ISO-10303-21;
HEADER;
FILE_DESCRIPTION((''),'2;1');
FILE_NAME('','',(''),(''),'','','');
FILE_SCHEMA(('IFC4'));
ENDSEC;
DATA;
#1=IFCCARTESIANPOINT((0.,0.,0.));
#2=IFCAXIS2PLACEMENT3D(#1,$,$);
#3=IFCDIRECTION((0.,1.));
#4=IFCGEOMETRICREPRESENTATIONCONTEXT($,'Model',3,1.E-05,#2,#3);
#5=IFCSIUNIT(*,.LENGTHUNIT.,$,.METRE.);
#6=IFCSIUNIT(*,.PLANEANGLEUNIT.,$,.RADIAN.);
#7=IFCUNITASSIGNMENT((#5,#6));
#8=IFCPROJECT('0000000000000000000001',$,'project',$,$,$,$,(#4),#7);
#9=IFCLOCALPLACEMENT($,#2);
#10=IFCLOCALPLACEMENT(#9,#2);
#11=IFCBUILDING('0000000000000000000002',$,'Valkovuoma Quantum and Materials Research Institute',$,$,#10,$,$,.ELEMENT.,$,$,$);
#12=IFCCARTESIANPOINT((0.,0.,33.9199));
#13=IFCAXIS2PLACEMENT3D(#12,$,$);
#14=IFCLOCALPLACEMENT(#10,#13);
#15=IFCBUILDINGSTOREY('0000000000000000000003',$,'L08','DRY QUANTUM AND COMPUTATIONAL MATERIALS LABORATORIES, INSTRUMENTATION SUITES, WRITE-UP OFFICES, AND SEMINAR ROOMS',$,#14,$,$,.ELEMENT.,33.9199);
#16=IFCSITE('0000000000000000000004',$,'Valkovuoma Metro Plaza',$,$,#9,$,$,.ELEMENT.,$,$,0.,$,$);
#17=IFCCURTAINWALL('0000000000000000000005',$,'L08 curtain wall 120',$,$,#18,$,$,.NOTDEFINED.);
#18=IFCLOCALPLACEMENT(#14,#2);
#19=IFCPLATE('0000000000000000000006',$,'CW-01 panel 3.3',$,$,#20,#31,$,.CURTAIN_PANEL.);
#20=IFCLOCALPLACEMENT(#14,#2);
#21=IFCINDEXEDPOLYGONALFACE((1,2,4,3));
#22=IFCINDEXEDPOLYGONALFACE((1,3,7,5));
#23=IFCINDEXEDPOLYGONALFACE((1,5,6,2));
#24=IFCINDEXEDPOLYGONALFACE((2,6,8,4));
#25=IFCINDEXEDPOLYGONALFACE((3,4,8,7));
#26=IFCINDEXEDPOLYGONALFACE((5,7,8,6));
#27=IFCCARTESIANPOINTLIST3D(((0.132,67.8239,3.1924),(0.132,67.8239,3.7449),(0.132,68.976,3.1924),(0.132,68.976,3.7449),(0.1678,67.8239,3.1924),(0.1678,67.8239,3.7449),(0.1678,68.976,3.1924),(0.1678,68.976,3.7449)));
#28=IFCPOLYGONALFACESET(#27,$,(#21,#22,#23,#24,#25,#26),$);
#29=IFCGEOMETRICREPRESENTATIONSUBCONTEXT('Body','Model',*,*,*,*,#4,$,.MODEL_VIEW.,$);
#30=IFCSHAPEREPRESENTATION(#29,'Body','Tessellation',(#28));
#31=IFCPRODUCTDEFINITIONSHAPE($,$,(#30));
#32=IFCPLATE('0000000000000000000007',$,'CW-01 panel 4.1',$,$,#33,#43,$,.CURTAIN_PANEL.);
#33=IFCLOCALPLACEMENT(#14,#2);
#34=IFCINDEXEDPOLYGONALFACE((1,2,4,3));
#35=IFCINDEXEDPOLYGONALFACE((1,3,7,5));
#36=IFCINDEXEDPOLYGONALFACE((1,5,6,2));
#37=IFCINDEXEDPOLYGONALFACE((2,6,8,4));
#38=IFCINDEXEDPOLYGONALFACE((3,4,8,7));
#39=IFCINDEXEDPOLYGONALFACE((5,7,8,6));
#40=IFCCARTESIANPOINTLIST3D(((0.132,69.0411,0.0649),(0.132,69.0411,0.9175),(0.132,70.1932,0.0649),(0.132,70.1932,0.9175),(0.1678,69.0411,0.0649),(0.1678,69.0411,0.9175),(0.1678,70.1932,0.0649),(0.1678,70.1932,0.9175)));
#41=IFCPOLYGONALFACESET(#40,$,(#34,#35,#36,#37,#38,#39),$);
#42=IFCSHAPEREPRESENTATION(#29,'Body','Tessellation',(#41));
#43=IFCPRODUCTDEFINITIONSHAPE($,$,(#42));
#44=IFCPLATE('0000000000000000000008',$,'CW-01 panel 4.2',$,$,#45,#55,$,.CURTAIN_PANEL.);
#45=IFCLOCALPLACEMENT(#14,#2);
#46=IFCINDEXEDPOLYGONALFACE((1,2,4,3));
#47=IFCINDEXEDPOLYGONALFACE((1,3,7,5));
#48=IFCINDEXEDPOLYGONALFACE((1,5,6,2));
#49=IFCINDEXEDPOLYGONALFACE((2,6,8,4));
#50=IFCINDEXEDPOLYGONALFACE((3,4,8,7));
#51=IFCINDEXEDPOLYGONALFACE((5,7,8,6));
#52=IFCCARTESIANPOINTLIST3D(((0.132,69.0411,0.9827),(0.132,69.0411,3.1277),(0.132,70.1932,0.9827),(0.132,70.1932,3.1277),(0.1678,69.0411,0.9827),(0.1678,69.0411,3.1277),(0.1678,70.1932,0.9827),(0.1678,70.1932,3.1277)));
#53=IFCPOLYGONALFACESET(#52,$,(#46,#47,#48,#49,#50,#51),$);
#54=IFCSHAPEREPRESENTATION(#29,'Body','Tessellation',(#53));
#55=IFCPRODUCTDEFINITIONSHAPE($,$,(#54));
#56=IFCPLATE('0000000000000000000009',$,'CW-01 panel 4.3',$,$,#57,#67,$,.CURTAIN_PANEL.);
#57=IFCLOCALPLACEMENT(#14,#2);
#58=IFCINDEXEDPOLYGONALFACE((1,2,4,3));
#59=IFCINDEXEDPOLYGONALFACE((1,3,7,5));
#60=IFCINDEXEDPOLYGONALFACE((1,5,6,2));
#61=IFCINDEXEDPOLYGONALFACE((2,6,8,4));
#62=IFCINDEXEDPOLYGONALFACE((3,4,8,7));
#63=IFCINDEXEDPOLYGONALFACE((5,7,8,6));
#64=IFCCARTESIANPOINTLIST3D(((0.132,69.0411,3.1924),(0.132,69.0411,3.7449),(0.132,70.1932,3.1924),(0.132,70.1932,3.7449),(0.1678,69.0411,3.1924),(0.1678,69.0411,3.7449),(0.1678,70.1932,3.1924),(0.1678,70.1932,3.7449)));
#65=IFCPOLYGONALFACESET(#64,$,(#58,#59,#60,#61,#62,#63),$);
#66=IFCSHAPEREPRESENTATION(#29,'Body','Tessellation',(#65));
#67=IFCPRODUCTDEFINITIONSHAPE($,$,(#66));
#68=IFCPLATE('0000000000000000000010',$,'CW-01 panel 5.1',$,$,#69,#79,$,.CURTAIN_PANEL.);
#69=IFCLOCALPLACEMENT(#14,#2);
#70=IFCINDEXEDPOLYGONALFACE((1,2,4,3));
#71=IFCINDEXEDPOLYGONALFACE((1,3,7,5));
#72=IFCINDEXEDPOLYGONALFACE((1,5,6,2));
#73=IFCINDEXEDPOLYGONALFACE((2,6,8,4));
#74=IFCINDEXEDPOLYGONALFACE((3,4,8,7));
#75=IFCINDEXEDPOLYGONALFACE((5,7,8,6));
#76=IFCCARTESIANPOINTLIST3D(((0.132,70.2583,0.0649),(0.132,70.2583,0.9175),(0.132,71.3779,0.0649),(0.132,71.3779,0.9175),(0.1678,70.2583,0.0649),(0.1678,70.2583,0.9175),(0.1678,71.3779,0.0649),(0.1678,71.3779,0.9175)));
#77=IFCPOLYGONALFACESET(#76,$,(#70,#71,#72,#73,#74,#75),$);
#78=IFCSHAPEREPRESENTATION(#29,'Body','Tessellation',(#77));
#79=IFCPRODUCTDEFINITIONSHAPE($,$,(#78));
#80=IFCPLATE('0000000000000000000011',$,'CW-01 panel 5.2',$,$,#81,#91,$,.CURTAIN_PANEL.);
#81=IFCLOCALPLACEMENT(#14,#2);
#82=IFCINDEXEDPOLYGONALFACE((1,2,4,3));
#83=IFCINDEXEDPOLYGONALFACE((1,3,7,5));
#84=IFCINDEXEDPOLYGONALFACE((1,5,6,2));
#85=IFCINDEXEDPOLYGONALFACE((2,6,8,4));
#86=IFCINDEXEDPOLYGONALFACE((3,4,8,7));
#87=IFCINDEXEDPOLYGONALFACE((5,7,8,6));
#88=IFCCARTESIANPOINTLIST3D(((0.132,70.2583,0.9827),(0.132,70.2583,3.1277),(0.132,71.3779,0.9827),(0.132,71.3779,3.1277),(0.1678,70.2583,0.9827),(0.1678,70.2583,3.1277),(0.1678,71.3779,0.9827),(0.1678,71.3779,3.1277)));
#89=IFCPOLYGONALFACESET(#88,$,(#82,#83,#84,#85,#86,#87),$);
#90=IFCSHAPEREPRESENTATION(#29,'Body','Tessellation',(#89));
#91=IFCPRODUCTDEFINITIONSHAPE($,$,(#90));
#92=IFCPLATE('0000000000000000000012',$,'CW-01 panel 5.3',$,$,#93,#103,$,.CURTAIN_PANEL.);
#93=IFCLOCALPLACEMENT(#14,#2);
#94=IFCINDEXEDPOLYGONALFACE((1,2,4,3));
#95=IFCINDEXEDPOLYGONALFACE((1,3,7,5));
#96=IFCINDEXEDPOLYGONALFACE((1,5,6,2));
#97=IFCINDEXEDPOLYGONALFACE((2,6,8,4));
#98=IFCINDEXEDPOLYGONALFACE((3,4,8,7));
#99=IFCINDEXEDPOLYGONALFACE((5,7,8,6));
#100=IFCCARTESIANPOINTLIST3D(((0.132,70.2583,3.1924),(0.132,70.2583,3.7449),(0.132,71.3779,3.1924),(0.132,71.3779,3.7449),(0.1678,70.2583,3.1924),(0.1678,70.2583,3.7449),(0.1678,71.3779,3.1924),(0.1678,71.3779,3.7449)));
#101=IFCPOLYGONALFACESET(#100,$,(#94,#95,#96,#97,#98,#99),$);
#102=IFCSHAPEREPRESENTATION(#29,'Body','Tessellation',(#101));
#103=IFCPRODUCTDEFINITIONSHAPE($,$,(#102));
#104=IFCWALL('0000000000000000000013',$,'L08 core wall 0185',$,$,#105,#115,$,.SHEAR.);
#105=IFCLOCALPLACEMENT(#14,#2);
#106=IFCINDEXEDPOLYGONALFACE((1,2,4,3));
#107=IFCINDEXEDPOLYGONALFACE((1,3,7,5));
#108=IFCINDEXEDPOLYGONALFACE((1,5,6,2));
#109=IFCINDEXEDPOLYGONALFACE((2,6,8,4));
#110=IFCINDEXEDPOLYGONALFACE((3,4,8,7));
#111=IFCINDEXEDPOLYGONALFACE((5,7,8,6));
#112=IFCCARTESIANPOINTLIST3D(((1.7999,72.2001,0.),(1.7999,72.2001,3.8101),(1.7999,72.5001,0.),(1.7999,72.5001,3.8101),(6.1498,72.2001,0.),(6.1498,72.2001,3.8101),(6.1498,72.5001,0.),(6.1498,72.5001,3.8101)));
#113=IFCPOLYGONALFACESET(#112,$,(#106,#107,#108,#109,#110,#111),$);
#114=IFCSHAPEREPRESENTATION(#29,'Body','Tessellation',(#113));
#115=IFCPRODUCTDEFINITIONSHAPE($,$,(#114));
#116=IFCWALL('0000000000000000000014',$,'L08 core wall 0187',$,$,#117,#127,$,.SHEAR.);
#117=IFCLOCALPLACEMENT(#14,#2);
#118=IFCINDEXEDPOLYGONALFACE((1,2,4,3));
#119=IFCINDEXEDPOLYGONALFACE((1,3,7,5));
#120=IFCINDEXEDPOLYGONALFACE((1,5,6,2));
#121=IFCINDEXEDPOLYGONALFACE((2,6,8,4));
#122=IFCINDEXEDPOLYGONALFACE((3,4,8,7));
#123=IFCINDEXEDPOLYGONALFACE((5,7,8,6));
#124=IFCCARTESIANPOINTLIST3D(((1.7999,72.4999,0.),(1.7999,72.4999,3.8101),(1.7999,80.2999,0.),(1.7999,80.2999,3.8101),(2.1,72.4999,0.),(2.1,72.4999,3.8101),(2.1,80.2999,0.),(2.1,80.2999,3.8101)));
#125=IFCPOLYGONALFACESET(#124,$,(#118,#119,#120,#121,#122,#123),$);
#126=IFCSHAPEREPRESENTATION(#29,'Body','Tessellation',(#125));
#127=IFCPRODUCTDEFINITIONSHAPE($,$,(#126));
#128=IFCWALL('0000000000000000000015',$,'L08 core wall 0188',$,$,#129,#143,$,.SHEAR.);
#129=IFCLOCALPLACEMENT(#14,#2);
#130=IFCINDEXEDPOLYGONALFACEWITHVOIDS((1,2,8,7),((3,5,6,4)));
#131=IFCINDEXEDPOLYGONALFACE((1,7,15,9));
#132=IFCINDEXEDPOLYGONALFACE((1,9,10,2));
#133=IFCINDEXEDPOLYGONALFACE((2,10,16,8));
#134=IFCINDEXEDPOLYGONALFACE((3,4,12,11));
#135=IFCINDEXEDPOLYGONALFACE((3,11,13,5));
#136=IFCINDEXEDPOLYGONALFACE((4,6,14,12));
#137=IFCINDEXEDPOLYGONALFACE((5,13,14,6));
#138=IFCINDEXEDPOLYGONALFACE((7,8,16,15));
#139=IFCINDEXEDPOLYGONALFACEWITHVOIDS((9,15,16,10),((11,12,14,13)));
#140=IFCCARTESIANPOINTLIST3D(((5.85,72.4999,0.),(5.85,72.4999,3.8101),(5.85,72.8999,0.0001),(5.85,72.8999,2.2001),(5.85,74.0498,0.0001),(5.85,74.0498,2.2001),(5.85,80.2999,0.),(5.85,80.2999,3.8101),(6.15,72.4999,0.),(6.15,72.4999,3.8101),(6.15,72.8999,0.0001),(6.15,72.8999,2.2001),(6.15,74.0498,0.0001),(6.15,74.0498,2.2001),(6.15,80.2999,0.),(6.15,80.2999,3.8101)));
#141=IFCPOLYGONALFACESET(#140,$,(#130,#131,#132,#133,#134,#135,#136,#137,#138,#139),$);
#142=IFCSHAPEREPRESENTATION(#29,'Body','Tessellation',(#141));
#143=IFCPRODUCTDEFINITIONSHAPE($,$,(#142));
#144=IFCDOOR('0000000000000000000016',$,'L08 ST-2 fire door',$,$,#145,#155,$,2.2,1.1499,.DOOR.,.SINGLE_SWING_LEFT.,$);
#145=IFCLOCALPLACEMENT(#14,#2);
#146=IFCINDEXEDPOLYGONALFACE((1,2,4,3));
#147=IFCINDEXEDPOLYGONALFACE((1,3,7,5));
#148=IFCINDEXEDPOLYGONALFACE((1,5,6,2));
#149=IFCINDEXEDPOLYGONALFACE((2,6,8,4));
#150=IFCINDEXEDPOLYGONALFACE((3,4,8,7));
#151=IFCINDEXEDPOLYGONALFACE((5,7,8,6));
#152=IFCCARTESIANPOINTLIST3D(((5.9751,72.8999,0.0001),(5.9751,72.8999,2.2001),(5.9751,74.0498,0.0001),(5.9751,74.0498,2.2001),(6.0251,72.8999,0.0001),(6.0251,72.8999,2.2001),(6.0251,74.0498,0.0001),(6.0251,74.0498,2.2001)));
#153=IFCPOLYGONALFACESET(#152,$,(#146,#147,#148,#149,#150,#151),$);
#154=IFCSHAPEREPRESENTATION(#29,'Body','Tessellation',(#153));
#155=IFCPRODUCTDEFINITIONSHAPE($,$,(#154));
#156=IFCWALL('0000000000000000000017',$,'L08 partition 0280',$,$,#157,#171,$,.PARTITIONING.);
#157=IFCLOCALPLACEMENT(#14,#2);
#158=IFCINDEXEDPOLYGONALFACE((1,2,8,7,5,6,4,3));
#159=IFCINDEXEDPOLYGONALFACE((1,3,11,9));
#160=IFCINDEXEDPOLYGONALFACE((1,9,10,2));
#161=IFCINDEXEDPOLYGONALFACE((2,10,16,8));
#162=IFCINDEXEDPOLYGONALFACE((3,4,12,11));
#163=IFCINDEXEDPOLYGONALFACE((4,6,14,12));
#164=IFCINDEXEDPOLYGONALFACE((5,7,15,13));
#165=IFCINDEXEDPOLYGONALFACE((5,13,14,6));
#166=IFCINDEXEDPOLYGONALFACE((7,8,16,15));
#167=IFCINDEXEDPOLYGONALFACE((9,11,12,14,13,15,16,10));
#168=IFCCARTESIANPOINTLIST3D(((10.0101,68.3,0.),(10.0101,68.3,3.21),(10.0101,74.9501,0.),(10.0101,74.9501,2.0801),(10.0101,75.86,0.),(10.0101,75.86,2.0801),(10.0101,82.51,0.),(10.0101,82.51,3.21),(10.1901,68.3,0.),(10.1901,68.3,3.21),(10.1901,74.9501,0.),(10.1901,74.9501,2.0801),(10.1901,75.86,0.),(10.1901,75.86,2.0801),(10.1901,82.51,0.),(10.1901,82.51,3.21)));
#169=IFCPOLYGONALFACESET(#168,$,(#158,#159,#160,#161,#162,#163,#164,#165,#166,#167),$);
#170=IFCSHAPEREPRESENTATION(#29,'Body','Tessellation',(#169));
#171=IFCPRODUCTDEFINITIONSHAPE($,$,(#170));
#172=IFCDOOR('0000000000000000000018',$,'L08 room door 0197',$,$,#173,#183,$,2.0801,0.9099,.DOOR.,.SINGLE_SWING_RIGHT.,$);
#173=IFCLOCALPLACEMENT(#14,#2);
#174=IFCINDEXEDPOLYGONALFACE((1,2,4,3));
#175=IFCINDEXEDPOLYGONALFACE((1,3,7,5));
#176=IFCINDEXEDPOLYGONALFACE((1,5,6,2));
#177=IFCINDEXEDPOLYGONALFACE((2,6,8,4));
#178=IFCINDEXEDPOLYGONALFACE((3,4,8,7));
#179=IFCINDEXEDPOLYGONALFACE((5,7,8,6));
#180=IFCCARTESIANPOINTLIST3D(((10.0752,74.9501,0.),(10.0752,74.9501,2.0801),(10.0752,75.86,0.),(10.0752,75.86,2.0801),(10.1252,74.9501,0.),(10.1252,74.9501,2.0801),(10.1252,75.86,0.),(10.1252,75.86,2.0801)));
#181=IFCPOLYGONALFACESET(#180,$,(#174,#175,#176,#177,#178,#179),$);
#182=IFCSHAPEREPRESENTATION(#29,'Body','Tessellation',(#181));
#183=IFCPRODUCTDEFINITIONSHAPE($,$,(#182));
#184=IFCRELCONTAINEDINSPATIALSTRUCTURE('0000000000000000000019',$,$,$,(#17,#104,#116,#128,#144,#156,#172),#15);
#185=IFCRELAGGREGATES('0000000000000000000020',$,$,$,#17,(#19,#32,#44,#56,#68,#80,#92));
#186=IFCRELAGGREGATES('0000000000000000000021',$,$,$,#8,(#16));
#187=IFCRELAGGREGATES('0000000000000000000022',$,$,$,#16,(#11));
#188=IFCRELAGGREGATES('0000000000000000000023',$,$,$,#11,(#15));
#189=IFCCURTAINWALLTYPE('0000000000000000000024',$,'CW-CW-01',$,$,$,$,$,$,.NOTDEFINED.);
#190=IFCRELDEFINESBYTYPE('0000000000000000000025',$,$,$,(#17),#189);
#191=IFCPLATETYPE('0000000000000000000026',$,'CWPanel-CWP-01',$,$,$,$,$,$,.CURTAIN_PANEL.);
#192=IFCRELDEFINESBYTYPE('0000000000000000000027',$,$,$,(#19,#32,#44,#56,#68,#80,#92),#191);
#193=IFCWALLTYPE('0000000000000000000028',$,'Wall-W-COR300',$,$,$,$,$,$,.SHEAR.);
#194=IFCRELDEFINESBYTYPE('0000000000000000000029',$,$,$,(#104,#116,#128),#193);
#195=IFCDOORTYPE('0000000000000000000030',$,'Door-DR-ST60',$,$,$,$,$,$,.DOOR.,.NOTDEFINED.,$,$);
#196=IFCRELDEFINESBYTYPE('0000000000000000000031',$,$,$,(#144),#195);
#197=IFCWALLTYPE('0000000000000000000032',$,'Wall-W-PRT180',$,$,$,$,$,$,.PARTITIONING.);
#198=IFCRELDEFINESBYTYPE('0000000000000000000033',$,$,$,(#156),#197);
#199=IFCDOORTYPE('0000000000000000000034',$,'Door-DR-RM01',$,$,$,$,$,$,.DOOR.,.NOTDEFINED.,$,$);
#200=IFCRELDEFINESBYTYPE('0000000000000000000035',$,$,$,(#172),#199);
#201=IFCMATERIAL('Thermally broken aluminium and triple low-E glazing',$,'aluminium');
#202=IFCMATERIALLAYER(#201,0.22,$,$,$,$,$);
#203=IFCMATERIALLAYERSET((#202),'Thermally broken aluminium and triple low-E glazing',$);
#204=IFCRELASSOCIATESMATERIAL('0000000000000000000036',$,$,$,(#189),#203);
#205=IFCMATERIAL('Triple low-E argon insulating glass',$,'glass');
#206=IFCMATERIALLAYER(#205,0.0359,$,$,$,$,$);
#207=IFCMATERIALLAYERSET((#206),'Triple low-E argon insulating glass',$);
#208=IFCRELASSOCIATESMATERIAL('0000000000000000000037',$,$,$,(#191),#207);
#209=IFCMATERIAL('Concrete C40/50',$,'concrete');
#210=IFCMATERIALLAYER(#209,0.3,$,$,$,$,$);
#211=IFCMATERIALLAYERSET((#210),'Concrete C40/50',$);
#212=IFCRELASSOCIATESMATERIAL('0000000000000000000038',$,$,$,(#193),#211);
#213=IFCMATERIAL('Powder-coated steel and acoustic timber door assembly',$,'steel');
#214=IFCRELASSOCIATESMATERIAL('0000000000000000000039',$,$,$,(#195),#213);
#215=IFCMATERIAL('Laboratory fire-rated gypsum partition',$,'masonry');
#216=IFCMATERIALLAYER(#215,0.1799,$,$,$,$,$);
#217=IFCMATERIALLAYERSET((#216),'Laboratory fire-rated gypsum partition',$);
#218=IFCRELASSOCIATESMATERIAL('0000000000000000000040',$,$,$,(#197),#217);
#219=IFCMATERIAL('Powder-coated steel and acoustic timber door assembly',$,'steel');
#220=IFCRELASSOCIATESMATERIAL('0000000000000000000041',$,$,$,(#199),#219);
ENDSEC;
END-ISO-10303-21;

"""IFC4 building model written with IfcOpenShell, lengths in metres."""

from ifc_helpers import new_model, si_unit, direction, frame, frame_2d, origin, origin_2d, place, context, subcontext, project, spatial, rectangle, extrude, material, layer, layer_set, type_object, element, fill, aggregate, save


model = new_model("IFC4")

# Units and contexts
model_context = context("Model", 3, precision=1e-05, world=origin(), true_north=direction((0.0, 1.0)))
body_context = subcontext(model_context, "Body", "Model", "MODEL_VIEW")
ifc_project = project(units=[si_unit("LENGTHUNIT", "METRE"), si_unit("PLANEANGLEUNIT", "RADIAN")], contexts=[model_context])

# Site, building, storey
site_placement = place(None, origin())
site = spatial("IfcSite", under=ifc_project, at=site_placement, Name="Valkovuoma Metro Plaza", CompositionType="ELEMENT", RefElevation=0.0)
building_placement = place(site_placement, origin())
building = spatial("IfcBuilding", under=site, at=building_placement, Name="Valkovuoma Quantum and Materials Research Institute", CompositionType="ELEMENT")
storey_placement = place(building_placement, frame((0.0, 0.0, 33.9199)))
storey = spatial("IfcBuildingStorey", under=building, at=storey_placement, Name="L08", Description="DRY QUANTUM AND COMPUTATIONAL MATERIALS LABORATORIES, INSTRUMENTATION SUITES, WRITE-UP OFFICES, AND SEMINAR ROOMS", CompositionType="ELEMENT", Elevation=33.9199)

# Curtain wall
ifc_material_1 = material(Name="Thermally broken aluminium and triple low-E glazing", Category="aluminium")
ifc_layer_1 = layer(ifc_material_1, 0.22)
ifc_layer_set_1 = layer_set([ifc_layer_1], Name="Thermally broken aluminium and triple low-E glazing")
curtain_wall_type = type_object("IfcCurtainWallType", Name="CW-CW-01", PredefinedType="NOTDEFINED", material=ifc_layer_set_1)
curtain_wall_1_placement = place(storey_placement, origin())
curtain_wall_1 = element("IfcCurtainWall", 1, at=curtain_wall_1_placement, inside=storey, type_object=curtain_wall_type, Name="L08 curtain wall 120", PredefinedType="NOTDEFINED")

# Plates
ifc_material_2 = material(Name="Triple low-E argon insulating glass", Category="glass")
ifc_layer_2 = layer(ifc_material_2, 0.0359)
ifc_layer_set_2 = layer_set([ifc_layer_2], Name="Triple low-E argon insulating glass")
plate_type = type_object("IfcPlateType", Name="CWPanel-CWP-01", PredefinedType="CURTAIN_PANEL", material=ifc_layer_set_2)
plate_1_placement = place(storey_placement, frame((0.1499, 68.3999, 3.1924), z_axis=(0.0, 0.0, 1.0), x_axis=(0.0, 1.0, 0.0)))
plate_1 = element("IfcPlate", 2, at=plate_1_placement, type_object=plate_type, Name="CW-01 panel 3.3", PredefinedType="CURTAIN_PANEL", context=body_context, shape_type="SweptSolid", body=[
    extrude(rectangle(XDim=1.1521, YDim=0.0359, at=origin_2d()), origin(), (0.0, 0.0, 1.0), 0.5525),
])
plate_2_placement = place(storey_placement, frame((0.1499, 69.6172, 0.0649), z_axis=(0.0, 0.0, 1.0), x_axis=(0.0, 1.0, 0.0)))
plate_2 = element("IfcPlate", 3, at=plate_2_placement, type_object=plate_type, Name="CW-01 panel 4.1", PredefinedType="CURTAIN_PANEL", context=body_context, shape_type="SweptSolid", body=[
    extrude(rectangle(XDim=1.1521, YDim=0.0359, at=origin_2d()), origin(), (0.0, 0.0, 1.0), 0.8525),
])
plate_3_placement = place(storey_placement, frame((0.1499, 69.6172, 0.9827), z_axis=(0.0, 0.0, 1.0), x_axis=(0.0, 1.0, 0.0)))
plate_3 = element("IfcPlate", 4, at=plate_3_placement, type_object=plate_type, Name="CW-01 panel 4.2", PredefinedType="CURTAIN_PANEL", context=body_context, shape_type="SweptSolid", body=[
    extrude(rectangle(XDim=1.1521, YDim=0.0359, at=origin_2d()), origin(), (0.0, 0.0, 1.0), 2.145),
])
plate_4_placement = place(storey_placement, frame((0.1499, 69.6172, 3.1924), z_axis=(0.0, 0.0, 1.0), x_axis=(0.0, 1.0, 0.0)))
plate_4 = element("IfcPlate", 5, at=plate_4_placement, type_object=plate_type, Name="CW-01 panel 4.3", PredefinedType="CURTAIN_PANEL", context=body_context, shape_type="SweptSolid", body=[
    extrude(rectangle(XDim=1.1521, YDim=0.0359, at=origin_2d()), origin(), (0.0, 0.0, 1.0), 0.5525),
])
plate_5_placement = place(storey_placement, frame((0.1499, 70.8181, 0.0649), z_axis=(0.0, 0.0, 1.0), x_axis=(0.0, 1.0, 0.0)))
plate_5 = element("IfcPlate", 6, at=plate_5_placement, type_object=plate_type, Name="CW-01 panel 5.1", PredefinedType="CURTAIN_PANEL", context=body_context, shape_type="SweptSolid", body=[
    extrude(rectangle(XDim=1.1196, YDim=0.0359, at=origin_2d()), origin(), (0.0, 0.0, 1.0), 0.8525),
])
plate_6_placement = place(storey_placement, frame((0.1499, 70.8181, 0.9827), z_axis=(0.0, 0.0, 1.0), x_axis=(0.0, 1.0, 0.0)))
plate_6 = element("IfcPlate", 7, at=plate_6_placement, type_object=plate_type, Name="CW-01 panel 5.2", PredefinedType="CURTAIN_PANEL", context=body_context, shape_type="SweptSolid", body=[
    extrude(rectangle(XDim=1.1196, YDim=0.0359, at=origin_2d()), origin(), (0.0, 0.0, 1.0), 2.145),
])
plate_7_placement = place(storey_placement, frame((0.1499, 70.8181, 3.1924), z_axis=(0.0, 0.0, 1.0), x_axis=(0.0, 1.0, 0.0)))
plate_7 = element("IfcPlate", 8, at=plate_7_placement, type_object=plate_type, Name="CW-01 panel 5.3", PredefinedType="CURTAIN_PANEL", context=body_context, shape_type="SweptSolid", body=[
    extrude(rectangle(XDim=1.1196, YDim=0.0359, at=origin_2d()), origin(), (0.0, 0.0, 1.0), 0.5525),
])
aggregate(curtain_wall_1, [plate_1, plate_2, plate_3, plate_4, plate_5, plate_6, plate_7])

# Walls
ifc_material_3 = material(Name="Concrete C40/50", Category="concrete")
ifc_layer_3 = layer(ifc_material_3, 0.3)
ifc_layer_set_3 = layer_set([ifc_layer_3], Name="Concrete C40/50")
wall_type_1 = type_object("IfcWallType", Name="Wall-W-COR300", PredefinedType="SHEAR", material=ifc_layer_set_3)
wall_1_placement = place(storey_placement, frame((1.8, 72.3501, 0.0), z_axis=(0.0, 0.0, 1.0), x_axis=(1.0, 0.0, 0.0)))
element("IfcWall", 9, at=wall_1_placement, inside=storey, type_object=wall_type_1, Name="L08 core wall 0185", PredefinedType="SHEAR", context=body_context, shape_type="SweptSolid", body=[
    extrude(rectangle(XDim=4.3499, YDim=0.3, at=frame_2d((2.1748, 0.0))), origin(), (0.0, 0.0, 1.0), 3.8101),
])
wall_2_placement = place(storey_placement, frame((1.95, 72.5, 0.0), z_axis=(0.0, 0.0, 1.0), x_axis=(0.0, 1.0, 0.0)))
element("IfcWall", 10, at=wall_2_placement, inside=storey, type_object=wall_type_1, Name="L08 core wall 0187", PredefinedType="SHEAR", context=body_context, shape_type="SweptSolid", body=[
    extrude(rectangle(XDim=7.8, YDim=0.3, at=frame_2d((3.8999, 0.0))), origin(), (0.0, 0.0, 1.0), 3.8101),
])

# Walls, openings, doors
wall_3_placement = place(storey_placement, frame((6.0, 72.5, 0.0), z_axis=(0.0, 0.0, 1.0), x_axis=(0.0, 1.0, 0.0)))
wall_3 = element("IfcWall", 11, at=wall_3_placement, inside=storey, type_object=wall_type_1, Name="L08 core wall 0188", PredefinedType="SHEAR", context=body_context, shape_type="SweptSolid", body=[
    extrude(rectangle(XDim=7.8, YDim=0.3, at=frame_2d((3.8999, 0.0))), origin(), (0.0, 0.0, 1.0), 3.8101),
])
opening_1_placement = place(wall_3_placement, frame((0.3999, 0.0, 0.0)))
opening_1 = element("IfcOpeningElement", 12, at=opening_1_placement, cuts=wall_3, PredefinedType="OPENING", context=body_context, shape_type="SweptSolid", body=[
    extrude(rectangle(XDim=1.1499, YDim=2.2, at=frame_2d((0.575, 1.1001))), frame((0.0, 0.1602, 0.0), z_axis=(0.0, -1.0, 0.0), x_axis=(1.0, 0.0, 0.0)), (0.0, 0.0, 1.0), 0.3201),
])
ifc_material_4 = material(Name="Powder-coated steel and acoustic timber door assembly", Category="steel")
door_type_1 = type_object("IfcDoorType", Name="Door-DR-ST60", OperationType="NOTDEFINED", PredefinedType="DOOR", material=ifc_material_4)
door_1_placement = place(opening_1_placement, origin())
door_1 = element("IfcDoor", 13, at=door_1_placement, inside=storey, type_object=door_type_1, Name="L08 ST-2 fire door", OperationType="SINGLE_SWING_LEFT", OverallHeight=2.2, OverallWidth=1.1499, PredefinedType="DOOR", context=body_context, shape_type="SweptSolid", body=[
    extrude(rectangle(XDim=1.1499, YDim=2.2, at=frame_2d((0.575, 1.1001))), frame((0.0, 0.0249, 0.0), z_axis=(0.0, -1.0, 0.0), x_axis=(1.0, 0.0, 0.0)), (0.0, 0.0, 1.0), 0.05),
])
fill(opening_1, door_1)
ifc_material_5 = material(Name="Laboratory fire-rated gypsum partition", Category="masonry")
ifc_layer_4 = layer(ifc_material_5, 0.1799)
ifc_layer_set_4 = layer_set([ifc_layer_4], Name="Laboratory fire-rated gypsum partition")
wall_type_2 = type_object("IfcWallType", Name="Wall-W-PRT180", PredefinedType="PARTITIONING", material=ifc_layer_set_4)
wall_4_placement = place(storey_placement, frame((10.1001, 68.3, 0.0), z_axis=(0.0, 0.0, 1.0), x_axis=(0.0, 1.0, 0.0)))
wall_4 = element("IfcWall", 14, at=wall_4_placement, inside=storey, type_object=wall_type_2, Name="L08 partition 0280", PredefinedType="PARTITIONING", context=body_context, shape_type="SweptSolid", body=[
    extrude(rectangle(XDim=14.21, YDim=0.1799, at=frame_2d((7.105, 0.0))), origin(), (0.0, 0.0, 1.0), 3.21),
])
opening_2_placement = place(wall_4_placement, frame((6.6499, 0.0, 0.0)))
opening_2 = element("IfcOpeningElement", 15, at=opening_2_placement, cuts=wall_4, PredefinedType="OPENING", context=body_context, shape_type="SweptSolid", body=[
    extrude(rectangle(XDim=0.9099, YDim=2.0801, at=frame_2d((0.4551, 1.04))), frame((0.0, 0.1001, 0.0), z_axis=(0.0, -1.0, 0.0), x_axis=(1.0, 0.0, 0.0)), (0.0, 0.0, 1.0), 0.2),
])
ifc_material_6 = material(Name="Powder-coated steel and acoustic timber door assembly", Category="steel")
door_type_2 = type_object("IfcDoorType", Name="Door-DR-RM01", OperationType="NOTDEFINED", PredefinedType="DOOR", material=ifc_material_6)
door_2_placement = place(opening_2_placement, origin())
door_2 = element("IfcDoor", 16, at=door_2_placement, inside=storey, type_object=door_type_2, Name="L08 room door 0197", OperationType="SINGLE_SWING_RIGHT", OverallHeight=2.0801, OverallWidth=0.9099, PredefinedType="DOOR", context=body_context, shape_type="SweptSolid", body=[
    extrude(rectangle(XDim=0.9099, YDim=2.0801, at=frame_2d((0.4551, 1.04))), frame((0.0, 0.0249, 0.0), z_axis=(0.0, -1.0, 0.0), x_axis=(1.0, 0.0, 0.0)), (0.0, 0.0, 1.0), 0.05),
])
fill(opening_2, door_2)

save(model, "model.ifc")
